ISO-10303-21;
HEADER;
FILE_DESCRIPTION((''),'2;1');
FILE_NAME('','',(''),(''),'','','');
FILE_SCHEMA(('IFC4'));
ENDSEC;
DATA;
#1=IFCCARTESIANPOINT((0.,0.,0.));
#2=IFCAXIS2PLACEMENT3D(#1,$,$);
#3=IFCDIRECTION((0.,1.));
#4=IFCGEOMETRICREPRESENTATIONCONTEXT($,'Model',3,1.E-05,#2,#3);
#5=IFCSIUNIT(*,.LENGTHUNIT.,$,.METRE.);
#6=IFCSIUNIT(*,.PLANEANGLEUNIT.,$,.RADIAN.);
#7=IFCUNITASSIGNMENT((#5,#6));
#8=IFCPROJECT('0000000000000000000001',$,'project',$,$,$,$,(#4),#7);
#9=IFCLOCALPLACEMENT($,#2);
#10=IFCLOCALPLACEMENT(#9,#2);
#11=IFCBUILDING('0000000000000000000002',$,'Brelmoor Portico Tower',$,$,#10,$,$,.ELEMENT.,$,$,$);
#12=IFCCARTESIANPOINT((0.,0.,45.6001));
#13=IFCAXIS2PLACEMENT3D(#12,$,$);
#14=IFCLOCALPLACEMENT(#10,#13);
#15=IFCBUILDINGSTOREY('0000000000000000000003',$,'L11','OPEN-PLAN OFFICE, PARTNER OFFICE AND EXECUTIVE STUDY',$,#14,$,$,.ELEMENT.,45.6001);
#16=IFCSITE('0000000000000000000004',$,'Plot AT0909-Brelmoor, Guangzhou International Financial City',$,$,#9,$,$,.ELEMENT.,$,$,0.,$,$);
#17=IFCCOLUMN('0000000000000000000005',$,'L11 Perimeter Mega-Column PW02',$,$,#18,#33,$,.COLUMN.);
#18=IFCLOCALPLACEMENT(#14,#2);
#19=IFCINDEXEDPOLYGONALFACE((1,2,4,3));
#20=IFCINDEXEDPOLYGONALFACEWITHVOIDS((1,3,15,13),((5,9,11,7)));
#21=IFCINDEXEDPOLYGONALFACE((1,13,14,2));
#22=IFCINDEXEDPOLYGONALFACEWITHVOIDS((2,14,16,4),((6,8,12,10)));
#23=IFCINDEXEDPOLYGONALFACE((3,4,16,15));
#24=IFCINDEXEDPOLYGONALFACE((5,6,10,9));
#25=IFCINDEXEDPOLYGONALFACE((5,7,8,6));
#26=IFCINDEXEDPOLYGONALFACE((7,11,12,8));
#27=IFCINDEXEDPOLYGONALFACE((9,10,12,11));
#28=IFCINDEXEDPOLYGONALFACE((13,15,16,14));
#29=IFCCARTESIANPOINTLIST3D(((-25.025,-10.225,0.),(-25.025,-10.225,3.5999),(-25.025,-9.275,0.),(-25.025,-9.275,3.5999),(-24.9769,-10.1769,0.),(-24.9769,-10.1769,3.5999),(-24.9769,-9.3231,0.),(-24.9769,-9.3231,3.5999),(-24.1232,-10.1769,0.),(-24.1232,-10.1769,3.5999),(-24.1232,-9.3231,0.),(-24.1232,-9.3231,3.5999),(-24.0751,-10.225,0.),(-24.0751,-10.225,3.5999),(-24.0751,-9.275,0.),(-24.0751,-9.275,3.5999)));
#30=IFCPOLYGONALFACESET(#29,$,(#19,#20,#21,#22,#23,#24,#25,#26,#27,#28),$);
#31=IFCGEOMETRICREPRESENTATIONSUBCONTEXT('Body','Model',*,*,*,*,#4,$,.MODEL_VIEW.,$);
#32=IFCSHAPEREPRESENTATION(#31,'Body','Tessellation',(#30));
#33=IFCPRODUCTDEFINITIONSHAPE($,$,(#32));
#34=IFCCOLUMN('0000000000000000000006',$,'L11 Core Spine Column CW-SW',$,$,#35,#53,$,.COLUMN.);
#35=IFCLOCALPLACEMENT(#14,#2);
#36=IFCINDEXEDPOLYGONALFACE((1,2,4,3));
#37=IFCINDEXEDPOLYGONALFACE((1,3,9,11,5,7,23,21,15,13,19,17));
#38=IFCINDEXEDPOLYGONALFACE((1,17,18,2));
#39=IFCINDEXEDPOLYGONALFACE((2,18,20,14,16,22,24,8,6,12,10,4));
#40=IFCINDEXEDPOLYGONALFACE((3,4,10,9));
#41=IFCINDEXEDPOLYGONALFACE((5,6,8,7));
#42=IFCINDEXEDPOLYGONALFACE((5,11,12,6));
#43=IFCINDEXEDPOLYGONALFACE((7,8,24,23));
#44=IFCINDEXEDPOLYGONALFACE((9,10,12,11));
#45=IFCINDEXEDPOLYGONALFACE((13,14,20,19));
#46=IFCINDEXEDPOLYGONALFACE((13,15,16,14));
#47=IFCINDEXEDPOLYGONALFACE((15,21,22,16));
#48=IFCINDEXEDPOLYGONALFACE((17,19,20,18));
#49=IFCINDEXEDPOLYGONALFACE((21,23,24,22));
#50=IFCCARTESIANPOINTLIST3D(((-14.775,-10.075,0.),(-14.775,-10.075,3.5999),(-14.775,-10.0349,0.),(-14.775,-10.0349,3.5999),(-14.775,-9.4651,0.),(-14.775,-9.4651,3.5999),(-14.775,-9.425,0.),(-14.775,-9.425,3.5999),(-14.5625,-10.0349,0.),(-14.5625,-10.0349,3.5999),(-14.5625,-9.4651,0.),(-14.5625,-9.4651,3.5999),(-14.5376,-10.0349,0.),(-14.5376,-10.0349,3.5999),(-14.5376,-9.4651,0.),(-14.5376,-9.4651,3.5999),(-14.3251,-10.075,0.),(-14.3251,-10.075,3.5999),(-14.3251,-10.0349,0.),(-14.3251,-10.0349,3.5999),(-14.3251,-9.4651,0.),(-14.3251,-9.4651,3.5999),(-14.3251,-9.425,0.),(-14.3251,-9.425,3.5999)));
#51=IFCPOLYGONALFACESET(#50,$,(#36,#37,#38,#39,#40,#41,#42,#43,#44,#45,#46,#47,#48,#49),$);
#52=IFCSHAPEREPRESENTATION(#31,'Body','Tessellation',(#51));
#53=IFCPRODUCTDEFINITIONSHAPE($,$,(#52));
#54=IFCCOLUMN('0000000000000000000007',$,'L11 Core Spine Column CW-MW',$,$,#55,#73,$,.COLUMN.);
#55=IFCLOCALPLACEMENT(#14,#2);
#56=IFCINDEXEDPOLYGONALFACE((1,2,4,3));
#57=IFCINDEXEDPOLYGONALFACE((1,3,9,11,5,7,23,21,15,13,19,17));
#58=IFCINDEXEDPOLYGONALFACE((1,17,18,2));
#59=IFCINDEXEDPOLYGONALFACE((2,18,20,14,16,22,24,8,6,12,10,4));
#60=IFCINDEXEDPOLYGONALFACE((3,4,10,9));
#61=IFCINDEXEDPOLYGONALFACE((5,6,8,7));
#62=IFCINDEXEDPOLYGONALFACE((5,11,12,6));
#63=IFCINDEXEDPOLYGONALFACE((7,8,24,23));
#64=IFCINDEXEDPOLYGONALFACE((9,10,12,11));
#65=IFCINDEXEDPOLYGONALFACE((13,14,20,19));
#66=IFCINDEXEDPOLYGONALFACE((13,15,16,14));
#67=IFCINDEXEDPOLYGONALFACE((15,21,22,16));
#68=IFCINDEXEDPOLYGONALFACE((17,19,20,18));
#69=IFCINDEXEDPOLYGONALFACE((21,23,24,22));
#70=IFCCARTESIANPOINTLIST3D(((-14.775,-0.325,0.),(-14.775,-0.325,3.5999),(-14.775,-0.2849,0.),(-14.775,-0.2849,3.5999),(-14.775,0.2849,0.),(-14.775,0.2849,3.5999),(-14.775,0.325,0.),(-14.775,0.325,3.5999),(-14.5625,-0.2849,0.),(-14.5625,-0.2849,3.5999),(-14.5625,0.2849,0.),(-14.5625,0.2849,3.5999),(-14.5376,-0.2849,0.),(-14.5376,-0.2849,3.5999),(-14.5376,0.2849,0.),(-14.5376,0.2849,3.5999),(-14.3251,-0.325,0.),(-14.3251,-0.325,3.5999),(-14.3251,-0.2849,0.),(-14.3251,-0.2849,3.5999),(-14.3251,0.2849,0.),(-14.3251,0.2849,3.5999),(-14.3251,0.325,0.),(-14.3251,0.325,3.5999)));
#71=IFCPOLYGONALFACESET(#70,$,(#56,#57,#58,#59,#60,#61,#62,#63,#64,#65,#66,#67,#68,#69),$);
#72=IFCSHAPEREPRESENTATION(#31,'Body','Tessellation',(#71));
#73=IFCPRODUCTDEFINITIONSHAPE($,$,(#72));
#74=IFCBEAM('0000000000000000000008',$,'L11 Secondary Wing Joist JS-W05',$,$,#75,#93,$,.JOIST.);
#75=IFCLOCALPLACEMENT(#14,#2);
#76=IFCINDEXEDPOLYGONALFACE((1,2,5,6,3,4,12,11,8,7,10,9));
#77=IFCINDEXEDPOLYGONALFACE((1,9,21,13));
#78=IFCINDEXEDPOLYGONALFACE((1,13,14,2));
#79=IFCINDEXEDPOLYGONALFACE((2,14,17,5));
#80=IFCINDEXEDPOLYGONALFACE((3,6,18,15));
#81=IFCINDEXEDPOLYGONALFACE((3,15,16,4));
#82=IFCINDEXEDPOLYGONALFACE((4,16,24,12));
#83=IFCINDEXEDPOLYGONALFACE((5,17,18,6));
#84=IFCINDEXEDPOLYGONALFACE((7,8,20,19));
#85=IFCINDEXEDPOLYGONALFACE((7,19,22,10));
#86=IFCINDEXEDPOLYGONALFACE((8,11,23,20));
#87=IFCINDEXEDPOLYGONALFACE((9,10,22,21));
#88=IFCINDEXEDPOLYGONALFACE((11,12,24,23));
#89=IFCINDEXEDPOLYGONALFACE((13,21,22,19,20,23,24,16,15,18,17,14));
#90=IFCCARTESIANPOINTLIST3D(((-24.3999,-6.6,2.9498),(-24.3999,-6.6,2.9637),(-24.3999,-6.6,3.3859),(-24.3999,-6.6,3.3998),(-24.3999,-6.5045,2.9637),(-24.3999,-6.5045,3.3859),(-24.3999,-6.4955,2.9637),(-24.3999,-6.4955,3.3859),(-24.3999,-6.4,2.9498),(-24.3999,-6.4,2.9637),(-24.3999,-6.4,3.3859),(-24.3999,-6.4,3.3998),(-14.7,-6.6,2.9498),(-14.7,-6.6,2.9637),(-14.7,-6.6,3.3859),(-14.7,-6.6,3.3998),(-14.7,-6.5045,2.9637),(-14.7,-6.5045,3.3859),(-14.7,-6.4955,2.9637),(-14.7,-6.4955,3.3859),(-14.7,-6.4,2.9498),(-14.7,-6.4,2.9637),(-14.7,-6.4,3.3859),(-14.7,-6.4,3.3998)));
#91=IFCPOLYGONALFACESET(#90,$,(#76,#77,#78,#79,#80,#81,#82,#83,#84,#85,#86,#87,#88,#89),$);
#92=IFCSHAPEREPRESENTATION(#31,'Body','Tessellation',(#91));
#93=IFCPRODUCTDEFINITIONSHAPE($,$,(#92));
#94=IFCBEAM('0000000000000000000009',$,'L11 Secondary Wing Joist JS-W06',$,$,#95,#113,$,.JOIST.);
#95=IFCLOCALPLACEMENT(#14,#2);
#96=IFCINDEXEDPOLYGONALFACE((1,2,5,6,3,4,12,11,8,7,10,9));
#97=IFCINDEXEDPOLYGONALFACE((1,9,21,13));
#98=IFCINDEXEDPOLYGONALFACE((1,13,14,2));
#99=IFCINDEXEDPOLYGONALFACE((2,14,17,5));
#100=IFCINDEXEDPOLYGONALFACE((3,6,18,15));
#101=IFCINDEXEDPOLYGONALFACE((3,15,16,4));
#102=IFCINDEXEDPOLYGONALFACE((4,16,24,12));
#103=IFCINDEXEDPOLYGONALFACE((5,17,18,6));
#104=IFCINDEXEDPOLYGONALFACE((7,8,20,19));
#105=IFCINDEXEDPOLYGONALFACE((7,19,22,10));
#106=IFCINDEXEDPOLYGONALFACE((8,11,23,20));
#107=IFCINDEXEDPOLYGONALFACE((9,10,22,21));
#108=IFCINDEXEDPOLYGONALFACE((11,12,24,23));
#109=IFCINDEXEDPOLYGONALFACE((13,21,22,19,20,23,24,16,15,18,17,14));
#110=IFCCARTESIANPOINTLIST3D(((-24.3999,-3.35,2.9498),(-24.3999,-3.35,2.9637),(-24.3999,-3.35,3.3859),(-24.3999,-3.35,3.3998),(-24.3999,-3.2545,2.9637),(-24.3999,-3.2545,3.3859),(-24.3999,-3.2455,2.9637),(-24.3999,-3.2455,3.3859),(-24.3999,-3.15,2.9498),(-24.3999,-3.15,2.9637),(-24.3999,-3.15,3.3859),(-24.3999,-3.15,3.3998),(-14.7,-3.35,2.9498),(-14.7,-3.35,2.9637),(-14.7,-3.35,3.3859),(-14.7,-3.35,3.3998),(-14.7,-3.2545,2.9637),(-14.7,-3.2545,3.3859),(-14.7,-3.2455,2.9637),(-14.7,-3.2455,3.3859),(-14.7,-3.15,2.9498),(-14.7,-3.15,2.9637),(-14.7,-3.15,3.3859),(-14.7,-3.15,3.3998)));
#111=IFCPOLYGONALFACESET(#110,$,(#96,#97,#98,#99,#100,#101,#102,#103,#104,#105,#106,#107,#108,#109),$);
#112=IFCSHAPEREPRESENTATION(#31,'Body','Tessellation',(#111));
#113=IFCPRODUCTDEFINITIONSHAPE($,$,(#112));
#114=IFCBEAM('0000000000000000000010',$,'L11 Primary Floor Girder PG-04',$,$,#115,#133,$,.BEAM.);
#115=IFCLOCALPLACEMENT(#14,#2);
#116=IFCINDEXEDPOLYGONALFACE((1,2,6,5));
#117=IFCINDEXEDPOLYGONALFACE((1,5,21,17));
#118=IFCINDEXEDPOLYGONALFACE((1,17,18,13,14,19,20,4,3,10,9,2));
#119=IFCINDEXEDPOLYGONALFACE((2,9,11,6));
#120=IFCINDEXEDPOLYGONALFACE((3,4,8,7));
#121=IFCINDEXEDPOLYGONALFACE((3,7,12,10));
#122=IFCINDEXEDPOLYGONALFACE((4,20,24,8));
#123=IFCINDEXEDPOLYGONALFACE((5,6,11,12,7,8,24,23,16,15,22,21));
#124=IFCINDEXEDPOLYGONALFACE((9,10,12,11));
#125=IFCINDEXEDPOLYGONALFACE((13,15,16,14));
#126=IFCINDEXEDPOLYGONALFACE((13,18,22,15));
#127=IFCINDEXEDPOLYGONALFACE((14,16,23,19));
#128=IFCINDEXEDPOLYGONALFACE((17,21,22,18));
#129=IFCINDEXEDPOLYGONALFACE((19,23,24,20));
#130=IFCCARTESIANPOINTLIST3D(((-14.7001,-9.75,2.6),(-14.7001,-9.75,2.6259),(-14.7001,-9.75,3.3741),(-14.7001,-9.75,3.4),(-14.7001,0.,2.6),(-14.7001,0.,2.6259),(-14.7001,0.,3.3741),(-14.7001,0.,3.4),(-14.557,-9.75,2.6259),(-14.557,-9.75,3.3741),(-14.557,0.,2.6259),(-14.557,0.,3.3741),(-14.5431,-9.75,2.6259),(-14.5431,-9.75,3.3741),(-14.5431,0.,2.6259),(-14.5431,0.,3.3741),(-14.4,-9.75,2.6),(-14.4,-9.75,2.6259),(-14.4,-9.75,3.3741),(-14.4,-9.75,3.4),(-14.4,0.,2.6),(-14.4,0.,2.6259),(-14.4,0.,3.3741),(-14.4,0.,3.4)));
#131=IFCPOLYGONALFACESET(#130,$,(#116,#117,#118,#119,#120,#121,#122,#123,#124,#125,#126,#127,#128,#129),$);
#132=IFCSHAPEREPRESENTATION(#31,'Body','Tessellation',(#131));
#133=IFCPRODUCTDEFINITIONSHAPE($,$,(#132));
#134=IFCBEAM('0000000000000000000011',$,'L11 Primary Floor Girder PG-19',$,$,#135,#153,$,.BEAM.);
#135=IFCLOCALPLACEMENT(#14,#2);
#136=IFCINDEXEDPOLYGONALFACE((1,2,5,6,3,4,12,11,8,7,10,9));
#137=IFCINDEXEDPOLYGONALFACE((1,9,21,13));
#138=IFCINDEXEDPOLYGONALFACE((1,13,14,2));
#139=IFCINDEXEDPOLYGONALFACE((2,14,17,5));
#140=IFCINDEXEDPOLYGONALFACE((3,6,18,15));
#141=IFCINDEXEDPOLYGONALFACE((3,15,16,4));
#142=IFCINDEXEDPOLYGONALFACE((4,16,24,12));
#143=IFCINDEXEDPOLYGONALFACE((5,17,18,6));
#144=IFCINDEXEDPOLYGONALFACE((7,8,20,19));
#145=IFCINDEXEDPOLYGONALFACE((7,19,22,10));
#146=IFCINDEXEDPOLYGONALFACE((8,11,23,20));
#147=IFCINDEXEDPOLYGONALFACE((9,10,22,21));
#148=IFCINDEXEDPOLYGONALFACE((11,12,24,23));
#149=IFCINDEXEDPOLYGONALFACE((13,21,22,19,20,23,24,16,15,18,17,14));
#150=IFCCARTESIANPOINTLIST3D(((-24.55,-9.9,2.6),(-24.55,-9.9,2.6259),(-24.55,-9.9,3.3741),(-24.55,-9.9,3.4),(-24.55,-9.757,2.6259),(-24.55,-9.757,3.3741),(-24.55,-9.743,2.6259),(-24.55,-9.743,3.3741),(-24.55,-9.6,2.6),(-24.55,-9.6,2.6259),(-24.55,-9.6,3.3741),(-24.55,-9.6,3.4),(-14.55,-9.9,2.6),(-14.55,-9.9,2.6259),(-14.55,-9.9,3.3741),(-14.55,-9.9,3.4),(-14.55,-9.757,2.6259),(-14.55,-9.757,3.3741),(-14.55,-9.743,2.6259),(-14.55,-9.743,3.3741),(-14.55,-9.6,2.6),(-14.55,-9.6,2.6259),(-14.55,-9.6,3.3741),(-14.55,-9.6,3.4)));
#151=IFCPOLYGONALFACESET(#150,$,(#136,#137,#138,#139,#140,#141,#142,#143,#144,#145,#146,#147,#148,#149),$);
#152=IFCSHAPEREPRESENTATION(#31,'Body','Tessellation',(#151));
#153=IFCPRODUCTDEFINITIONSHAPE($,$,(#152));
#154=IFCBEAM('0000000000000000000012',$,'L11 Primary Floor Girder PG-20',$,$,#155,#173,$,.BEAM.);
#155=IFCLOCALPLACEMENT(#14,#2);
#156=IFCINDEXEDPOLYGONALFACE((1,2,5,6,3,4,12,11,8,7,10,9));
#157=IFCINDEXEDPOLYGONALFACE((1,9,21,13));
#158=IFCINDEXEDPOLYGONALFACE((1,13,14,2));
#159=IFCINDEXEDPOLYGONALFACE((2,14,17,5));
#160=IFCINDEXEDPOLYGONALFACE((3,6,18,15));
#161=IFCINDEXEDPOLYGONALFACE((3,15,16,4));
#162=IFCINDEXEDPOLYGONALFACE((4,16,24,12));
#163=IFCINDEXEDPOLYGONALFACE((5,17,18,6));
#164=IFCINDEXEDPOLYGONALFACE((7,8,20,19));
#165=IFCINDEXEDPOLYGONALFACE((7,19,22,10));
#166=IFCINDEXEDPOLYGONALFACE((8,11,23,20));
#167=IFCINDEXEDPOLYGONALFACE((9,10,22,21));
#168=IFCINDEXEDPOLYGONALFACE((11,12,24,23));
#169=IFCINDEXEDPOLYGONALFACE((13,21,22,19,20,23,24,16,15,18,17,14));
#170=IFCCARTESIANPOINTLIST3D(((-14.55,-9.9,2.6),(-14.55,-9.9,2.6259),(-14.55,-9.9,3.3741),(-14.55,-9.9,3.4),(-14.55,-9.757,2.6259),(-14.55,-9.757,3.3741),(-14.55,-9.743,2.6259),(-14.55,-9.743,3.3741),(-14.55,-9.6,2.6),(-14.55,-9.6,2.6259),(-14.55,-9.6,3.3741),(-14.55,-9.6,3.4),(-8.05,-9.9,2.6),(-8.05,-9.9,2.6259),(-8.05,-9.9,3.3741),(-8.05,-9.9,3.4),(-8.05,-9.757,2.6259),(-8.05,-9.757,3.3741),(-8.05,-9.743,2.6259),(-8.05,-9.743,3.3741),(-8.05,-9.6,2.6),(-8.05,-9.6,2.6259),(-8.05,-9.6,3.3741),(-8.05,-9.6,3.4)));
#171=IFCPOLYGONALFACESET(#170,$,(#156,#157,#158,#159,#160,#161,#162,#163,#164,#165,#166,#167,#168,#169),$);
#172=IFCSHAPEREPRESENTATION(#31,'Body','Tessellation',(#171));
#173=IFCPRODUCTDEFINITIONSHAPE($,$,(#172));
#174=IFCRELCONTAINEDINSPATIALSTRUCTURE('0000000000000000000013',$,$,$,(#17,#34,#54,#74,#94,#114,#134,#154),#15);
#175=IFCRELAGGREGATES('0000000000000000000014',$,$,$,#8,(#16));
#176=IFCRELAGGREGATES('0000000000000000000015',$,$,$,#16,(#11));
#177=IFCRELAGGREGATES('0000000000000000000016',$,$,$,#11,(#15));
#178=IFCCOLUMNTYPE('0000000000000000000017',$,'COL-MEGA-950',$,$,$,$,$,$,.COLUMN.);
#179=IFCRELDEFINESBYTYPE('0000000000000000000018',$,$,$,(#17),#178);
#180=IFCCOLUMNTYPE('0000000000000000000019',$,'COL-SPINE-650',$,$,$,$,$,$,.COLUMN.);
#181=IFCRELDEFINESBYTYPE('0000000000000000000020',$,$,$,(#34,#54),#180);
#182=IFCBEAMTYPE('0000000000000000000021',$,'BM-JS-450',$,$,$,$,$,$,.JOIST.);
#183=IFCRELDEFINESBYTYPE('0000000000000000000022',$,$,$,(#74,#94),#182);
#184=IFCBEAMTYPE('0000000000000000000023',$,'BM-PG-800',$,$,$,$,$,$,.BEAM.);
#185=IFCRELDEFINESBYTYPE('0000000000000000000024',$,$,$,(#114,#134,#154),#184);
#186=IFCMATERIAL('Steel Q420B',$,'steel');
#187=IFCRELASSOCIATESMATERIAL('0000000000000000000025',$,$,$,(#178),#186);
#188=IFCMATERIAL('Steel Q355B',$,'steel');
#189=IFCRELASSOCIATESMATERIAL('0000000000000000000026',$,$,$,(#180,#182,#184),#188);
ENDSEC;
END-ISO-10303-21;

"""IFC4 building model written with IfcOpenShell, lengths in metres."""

from ifc_helpers import new_model, si_unit, direction, frame, origin, origin_2d, place, context, subcontext, project, spatial, hollow_rectangle, i_section, extrude, material, material_profile, profile_set, type_object, element, save


model = new_model("IFC4")

# Units and contexts
model_context = context("Model", 3, precision=1e-05, world=origin(), true_north=direction((0.0, 1.0)))
body_context = subcontext(model_context, "Body", "Model", "MODEL_VIEW")
ifc_project = project(units=[si_unit("LENGTHUNIT", "METRE"), si_unit("PLANEANGLEUNIT", "RADIAN")], contexts=[model_context])

# Site, building, storey
site_placement = place(None, origin())
site = spatial("IfcSite", under=ifc_project, at=site_placement, Name="Plot AT0909-Brelmoor, Guangzhou International Financial City", CompositionType="ELEMENT", RefElevation=0.0)
building_placement = place(site_placement, origin())
building = spatial("IfcBuilding", under=site, at=building_placement, Name="Brelmoor Portico Tower", CompositionType="ELEMENT")
storey_placement = place(building_placement, frame((0.0, 0.0, 45.6001)))
storey = spatial("IfcBuildingStorey", under=building, at=storey_placement, Name="L11", Description="OPEN-PLAN OFFICE, PARTNER OFFICE AND EXECUTIVE STUDY", CompositionType="ELEMENT", Elevation=45.6001)

# Columns
ifc_material_1 = material(Name="Steel Q420B", Category="steel")
ifc_material_profile_1 = material_profile(ifc_material_1, hollow_rectangle(XDim=0.95, YDim=0.95, WallThickness=0.0481, at=origin_2d()), Name="BOX 950x950x48")
ifc_profile_set_1 = profile_set([ifc_material_profile_1], Name="Steel Q420B")
column_type_1 = type_object("IfcColumnType", Name="COL-MEGA-950", PredefinedType="COLUMN", material=ifc_profile_set_1)
column_placement = place(storey_placement, frame((-24.55, -9.75, 0.0), z_axis=(0.0, 0.0, 1.0), x_axis=(0.0, 1.0, 0.0)))
element("IfcColumn", 1, at=column_placement, inside=storey, type_object=column_type_1, Name="L11 Perimeter Mega-Column PW02", PredefinedType="COLUMN", context=body_context, shape_type="SweptSolid", body=[
    extrude(hollow_rectangle(XDim=0.95, YDim=0.95, WallThickness=0.0481, at=origin_2d()), origin(), (0.0, 0.0, 1.0), 3.5999),
])
ifc_material_2 = material(Name="Steel Q355B", Category="steel")
ifc_material_profile_2 = material_profile(ifc_material_2, i_section(OverallWidth=0.45, OverallDepth=0.6499, WebThickness=0.0249, FlangeThickness=0.04, at=origin_2d()), Name="HW 650x450x25x40")
ifc_profile_set_2 = profile_set([ifc_material_profile_2], Name="Steel Q355B")
column_type_2 = type_object("IfcColumnType", Name="COL-SPINE-650", PredefinedType="COLUMN", material=ifc_profile_set_2)
for number, where, z_axis, x_axis, name in (
    (2, (-14.55, -9.75, 0.0), (0.0, 0.0, 1.0), (1.0, 0.0, 0.0), "L11 Core Spine Column CW-SW"),
    (3, (-14.55, 0.0, 0.0), (0.0, 0.0, 1.0), (1.0, 0.0, 0.0), "L11 Core Spine Column CW-MW"),
):
    element("IfcColumn", number, at=place(storey_placement, frame(where, z_axis=z_axis, x_axis=x_axis)), inside=storey, type_object=column_type_2, Name=name, PredefinedType="COLUMN", context=body_context, shape_type="SweptSolid", body=[
        extrude(i_section(OverallWidth=0.45, OverallDepth=0.6499, WebThickness=0.0249, FlangeThickness=0.04, at=origin_2d()), origin(), (0.0, 0.0, 1.0), 3.5999),
    ])

# Beams
ifc_material_profile_3 = material_profile(ifc_material_2, i_section(OverallWidth=0.2, OverallDepth=0.45, WebThickness=0.009, FlangeThickness=0.0139, at=origin_2d()), Name="HN 450x200x9x14")
ifc_profile_set_3 = profile_set([ifc_material_profile_3], Name="Steel Q355B")
beam_type_1 = type_object("IfcBeamType", Name="BM-JS-450", PredefinedType="JOIST", material=ifc_profile_set_3)
for number, where, z_axis, x_axis, name in (
    (4, (-24.3999, -6.5, 3.1748), (1.0, 0.0, 0.0), (0.0, 1.0, 0.0), "L11 Secondary Wing Joist JS-W05"),
    (5, (-24.3999, -3.25, 3.1748), (1.0, 0.0, 0.0), (0.0, 1.0, 0.0), "L11 Secondary Wing Joist JS-W06"),
):
    element("IfcBeam", number, at=place(storey_placement, frame(where, z_axis=z_axis, x_axis=x_axis)), inside=storey, type_object=beam_type_1, Name=name, PredefinedType="JOIST", context=body_context, shape_type="SweptSolid", body=[
        extrude(i_section(OverallWidth=0.2, OverallDepth=0.45, WebThickness=0.009, FlangeThickness=0.0139, at=origin_2d()), origin(), (0.0, 0.0, 1.0), 9.7),
    ])
ifc_material_profile_4 = material_profile(ifc_material_2, i_section(OverallWidth=0.3, OverallDepth=0.8, WebThickness=0.0139, FlangeThickness=0.0259, at=origin_2d()), Name="HN 800x300x14x26")
ifc_profile_set_4 = profile_set([ifc_material_profile_4], Name="Steel Q355B")
beam_type_2 = type_object("IfcBeamType", Name="BM-PG-800", PredefinedType="BEAM", material=ifc_profile_set_4)
beam_1_placement = place(storey_placement, frame((-14.55, -9.75, 3.0), z_axis=(0.0, 1.0, 0.0), x_axis=(-1.0, 0.0, 0.0)))
element("IfcBeam", 6, at=beam_1_placement, inside=storey, type_object=beam_type_2, Name="L11 Primary Floor Girder PG-04", PredefinedType="BEAM", context=body_context, shape_type="SweptSolid", body=[
    extrude(i_section(OverallWidth=0.3, OverallDepth=0.8, WebThickness=0.0139, FlangeThickness=0.0259, at=origin_2d()), origin(), (0.0, 0.0, 1.0), 9.75),
])
beam_2_placement = place(storey_placement, frame((-24.55, -9.75, 3.0), z_axis=(1.0, 0.0, 0.0), x_axis=(0.0, 1.0, 0.0)))
element("IfcBeam", 7, at=beam_2_placement, inside=storey, type_object=beam_type_2, Name="L11 Primary Floor Girder PG-19", PredefinedType="BEAM", context=body_context, shape_type="SweptSolid", body=[
    extrude(i_section(OverallWidth=0.3, OverallDepth=0.8, WebThickness=0.0139, FlangeThickness=0.0259, at=origin_2d()), origin(), (0.0, 0.0, 1.0), 10.0),
])
beam_3_placement = place(storey_placement, frame((-14.55, -9.75, 3.0), z_axis=(1.0, 0.0, 0.0), x_axis=(0.0, 1.0, 0.0)))
element("IfcBeam", 8, at=beam_3_placement, inside=storey, type_object=beam_type_2, Name="L11 Primary Floor Girder PG-20", PredefinedType="BEAM", context=body_context, shape_type="SweptSolid", body=[
    extrude(i_section(OverallWidth=0.3, OverallDepth=0.8, WebThickness=0.0139, FlangeThickness=0.0259, at=origin_2d()), origin(), (0.0, 0.0, 1.0), 6.5),
])

save(model, "model.ifc")
